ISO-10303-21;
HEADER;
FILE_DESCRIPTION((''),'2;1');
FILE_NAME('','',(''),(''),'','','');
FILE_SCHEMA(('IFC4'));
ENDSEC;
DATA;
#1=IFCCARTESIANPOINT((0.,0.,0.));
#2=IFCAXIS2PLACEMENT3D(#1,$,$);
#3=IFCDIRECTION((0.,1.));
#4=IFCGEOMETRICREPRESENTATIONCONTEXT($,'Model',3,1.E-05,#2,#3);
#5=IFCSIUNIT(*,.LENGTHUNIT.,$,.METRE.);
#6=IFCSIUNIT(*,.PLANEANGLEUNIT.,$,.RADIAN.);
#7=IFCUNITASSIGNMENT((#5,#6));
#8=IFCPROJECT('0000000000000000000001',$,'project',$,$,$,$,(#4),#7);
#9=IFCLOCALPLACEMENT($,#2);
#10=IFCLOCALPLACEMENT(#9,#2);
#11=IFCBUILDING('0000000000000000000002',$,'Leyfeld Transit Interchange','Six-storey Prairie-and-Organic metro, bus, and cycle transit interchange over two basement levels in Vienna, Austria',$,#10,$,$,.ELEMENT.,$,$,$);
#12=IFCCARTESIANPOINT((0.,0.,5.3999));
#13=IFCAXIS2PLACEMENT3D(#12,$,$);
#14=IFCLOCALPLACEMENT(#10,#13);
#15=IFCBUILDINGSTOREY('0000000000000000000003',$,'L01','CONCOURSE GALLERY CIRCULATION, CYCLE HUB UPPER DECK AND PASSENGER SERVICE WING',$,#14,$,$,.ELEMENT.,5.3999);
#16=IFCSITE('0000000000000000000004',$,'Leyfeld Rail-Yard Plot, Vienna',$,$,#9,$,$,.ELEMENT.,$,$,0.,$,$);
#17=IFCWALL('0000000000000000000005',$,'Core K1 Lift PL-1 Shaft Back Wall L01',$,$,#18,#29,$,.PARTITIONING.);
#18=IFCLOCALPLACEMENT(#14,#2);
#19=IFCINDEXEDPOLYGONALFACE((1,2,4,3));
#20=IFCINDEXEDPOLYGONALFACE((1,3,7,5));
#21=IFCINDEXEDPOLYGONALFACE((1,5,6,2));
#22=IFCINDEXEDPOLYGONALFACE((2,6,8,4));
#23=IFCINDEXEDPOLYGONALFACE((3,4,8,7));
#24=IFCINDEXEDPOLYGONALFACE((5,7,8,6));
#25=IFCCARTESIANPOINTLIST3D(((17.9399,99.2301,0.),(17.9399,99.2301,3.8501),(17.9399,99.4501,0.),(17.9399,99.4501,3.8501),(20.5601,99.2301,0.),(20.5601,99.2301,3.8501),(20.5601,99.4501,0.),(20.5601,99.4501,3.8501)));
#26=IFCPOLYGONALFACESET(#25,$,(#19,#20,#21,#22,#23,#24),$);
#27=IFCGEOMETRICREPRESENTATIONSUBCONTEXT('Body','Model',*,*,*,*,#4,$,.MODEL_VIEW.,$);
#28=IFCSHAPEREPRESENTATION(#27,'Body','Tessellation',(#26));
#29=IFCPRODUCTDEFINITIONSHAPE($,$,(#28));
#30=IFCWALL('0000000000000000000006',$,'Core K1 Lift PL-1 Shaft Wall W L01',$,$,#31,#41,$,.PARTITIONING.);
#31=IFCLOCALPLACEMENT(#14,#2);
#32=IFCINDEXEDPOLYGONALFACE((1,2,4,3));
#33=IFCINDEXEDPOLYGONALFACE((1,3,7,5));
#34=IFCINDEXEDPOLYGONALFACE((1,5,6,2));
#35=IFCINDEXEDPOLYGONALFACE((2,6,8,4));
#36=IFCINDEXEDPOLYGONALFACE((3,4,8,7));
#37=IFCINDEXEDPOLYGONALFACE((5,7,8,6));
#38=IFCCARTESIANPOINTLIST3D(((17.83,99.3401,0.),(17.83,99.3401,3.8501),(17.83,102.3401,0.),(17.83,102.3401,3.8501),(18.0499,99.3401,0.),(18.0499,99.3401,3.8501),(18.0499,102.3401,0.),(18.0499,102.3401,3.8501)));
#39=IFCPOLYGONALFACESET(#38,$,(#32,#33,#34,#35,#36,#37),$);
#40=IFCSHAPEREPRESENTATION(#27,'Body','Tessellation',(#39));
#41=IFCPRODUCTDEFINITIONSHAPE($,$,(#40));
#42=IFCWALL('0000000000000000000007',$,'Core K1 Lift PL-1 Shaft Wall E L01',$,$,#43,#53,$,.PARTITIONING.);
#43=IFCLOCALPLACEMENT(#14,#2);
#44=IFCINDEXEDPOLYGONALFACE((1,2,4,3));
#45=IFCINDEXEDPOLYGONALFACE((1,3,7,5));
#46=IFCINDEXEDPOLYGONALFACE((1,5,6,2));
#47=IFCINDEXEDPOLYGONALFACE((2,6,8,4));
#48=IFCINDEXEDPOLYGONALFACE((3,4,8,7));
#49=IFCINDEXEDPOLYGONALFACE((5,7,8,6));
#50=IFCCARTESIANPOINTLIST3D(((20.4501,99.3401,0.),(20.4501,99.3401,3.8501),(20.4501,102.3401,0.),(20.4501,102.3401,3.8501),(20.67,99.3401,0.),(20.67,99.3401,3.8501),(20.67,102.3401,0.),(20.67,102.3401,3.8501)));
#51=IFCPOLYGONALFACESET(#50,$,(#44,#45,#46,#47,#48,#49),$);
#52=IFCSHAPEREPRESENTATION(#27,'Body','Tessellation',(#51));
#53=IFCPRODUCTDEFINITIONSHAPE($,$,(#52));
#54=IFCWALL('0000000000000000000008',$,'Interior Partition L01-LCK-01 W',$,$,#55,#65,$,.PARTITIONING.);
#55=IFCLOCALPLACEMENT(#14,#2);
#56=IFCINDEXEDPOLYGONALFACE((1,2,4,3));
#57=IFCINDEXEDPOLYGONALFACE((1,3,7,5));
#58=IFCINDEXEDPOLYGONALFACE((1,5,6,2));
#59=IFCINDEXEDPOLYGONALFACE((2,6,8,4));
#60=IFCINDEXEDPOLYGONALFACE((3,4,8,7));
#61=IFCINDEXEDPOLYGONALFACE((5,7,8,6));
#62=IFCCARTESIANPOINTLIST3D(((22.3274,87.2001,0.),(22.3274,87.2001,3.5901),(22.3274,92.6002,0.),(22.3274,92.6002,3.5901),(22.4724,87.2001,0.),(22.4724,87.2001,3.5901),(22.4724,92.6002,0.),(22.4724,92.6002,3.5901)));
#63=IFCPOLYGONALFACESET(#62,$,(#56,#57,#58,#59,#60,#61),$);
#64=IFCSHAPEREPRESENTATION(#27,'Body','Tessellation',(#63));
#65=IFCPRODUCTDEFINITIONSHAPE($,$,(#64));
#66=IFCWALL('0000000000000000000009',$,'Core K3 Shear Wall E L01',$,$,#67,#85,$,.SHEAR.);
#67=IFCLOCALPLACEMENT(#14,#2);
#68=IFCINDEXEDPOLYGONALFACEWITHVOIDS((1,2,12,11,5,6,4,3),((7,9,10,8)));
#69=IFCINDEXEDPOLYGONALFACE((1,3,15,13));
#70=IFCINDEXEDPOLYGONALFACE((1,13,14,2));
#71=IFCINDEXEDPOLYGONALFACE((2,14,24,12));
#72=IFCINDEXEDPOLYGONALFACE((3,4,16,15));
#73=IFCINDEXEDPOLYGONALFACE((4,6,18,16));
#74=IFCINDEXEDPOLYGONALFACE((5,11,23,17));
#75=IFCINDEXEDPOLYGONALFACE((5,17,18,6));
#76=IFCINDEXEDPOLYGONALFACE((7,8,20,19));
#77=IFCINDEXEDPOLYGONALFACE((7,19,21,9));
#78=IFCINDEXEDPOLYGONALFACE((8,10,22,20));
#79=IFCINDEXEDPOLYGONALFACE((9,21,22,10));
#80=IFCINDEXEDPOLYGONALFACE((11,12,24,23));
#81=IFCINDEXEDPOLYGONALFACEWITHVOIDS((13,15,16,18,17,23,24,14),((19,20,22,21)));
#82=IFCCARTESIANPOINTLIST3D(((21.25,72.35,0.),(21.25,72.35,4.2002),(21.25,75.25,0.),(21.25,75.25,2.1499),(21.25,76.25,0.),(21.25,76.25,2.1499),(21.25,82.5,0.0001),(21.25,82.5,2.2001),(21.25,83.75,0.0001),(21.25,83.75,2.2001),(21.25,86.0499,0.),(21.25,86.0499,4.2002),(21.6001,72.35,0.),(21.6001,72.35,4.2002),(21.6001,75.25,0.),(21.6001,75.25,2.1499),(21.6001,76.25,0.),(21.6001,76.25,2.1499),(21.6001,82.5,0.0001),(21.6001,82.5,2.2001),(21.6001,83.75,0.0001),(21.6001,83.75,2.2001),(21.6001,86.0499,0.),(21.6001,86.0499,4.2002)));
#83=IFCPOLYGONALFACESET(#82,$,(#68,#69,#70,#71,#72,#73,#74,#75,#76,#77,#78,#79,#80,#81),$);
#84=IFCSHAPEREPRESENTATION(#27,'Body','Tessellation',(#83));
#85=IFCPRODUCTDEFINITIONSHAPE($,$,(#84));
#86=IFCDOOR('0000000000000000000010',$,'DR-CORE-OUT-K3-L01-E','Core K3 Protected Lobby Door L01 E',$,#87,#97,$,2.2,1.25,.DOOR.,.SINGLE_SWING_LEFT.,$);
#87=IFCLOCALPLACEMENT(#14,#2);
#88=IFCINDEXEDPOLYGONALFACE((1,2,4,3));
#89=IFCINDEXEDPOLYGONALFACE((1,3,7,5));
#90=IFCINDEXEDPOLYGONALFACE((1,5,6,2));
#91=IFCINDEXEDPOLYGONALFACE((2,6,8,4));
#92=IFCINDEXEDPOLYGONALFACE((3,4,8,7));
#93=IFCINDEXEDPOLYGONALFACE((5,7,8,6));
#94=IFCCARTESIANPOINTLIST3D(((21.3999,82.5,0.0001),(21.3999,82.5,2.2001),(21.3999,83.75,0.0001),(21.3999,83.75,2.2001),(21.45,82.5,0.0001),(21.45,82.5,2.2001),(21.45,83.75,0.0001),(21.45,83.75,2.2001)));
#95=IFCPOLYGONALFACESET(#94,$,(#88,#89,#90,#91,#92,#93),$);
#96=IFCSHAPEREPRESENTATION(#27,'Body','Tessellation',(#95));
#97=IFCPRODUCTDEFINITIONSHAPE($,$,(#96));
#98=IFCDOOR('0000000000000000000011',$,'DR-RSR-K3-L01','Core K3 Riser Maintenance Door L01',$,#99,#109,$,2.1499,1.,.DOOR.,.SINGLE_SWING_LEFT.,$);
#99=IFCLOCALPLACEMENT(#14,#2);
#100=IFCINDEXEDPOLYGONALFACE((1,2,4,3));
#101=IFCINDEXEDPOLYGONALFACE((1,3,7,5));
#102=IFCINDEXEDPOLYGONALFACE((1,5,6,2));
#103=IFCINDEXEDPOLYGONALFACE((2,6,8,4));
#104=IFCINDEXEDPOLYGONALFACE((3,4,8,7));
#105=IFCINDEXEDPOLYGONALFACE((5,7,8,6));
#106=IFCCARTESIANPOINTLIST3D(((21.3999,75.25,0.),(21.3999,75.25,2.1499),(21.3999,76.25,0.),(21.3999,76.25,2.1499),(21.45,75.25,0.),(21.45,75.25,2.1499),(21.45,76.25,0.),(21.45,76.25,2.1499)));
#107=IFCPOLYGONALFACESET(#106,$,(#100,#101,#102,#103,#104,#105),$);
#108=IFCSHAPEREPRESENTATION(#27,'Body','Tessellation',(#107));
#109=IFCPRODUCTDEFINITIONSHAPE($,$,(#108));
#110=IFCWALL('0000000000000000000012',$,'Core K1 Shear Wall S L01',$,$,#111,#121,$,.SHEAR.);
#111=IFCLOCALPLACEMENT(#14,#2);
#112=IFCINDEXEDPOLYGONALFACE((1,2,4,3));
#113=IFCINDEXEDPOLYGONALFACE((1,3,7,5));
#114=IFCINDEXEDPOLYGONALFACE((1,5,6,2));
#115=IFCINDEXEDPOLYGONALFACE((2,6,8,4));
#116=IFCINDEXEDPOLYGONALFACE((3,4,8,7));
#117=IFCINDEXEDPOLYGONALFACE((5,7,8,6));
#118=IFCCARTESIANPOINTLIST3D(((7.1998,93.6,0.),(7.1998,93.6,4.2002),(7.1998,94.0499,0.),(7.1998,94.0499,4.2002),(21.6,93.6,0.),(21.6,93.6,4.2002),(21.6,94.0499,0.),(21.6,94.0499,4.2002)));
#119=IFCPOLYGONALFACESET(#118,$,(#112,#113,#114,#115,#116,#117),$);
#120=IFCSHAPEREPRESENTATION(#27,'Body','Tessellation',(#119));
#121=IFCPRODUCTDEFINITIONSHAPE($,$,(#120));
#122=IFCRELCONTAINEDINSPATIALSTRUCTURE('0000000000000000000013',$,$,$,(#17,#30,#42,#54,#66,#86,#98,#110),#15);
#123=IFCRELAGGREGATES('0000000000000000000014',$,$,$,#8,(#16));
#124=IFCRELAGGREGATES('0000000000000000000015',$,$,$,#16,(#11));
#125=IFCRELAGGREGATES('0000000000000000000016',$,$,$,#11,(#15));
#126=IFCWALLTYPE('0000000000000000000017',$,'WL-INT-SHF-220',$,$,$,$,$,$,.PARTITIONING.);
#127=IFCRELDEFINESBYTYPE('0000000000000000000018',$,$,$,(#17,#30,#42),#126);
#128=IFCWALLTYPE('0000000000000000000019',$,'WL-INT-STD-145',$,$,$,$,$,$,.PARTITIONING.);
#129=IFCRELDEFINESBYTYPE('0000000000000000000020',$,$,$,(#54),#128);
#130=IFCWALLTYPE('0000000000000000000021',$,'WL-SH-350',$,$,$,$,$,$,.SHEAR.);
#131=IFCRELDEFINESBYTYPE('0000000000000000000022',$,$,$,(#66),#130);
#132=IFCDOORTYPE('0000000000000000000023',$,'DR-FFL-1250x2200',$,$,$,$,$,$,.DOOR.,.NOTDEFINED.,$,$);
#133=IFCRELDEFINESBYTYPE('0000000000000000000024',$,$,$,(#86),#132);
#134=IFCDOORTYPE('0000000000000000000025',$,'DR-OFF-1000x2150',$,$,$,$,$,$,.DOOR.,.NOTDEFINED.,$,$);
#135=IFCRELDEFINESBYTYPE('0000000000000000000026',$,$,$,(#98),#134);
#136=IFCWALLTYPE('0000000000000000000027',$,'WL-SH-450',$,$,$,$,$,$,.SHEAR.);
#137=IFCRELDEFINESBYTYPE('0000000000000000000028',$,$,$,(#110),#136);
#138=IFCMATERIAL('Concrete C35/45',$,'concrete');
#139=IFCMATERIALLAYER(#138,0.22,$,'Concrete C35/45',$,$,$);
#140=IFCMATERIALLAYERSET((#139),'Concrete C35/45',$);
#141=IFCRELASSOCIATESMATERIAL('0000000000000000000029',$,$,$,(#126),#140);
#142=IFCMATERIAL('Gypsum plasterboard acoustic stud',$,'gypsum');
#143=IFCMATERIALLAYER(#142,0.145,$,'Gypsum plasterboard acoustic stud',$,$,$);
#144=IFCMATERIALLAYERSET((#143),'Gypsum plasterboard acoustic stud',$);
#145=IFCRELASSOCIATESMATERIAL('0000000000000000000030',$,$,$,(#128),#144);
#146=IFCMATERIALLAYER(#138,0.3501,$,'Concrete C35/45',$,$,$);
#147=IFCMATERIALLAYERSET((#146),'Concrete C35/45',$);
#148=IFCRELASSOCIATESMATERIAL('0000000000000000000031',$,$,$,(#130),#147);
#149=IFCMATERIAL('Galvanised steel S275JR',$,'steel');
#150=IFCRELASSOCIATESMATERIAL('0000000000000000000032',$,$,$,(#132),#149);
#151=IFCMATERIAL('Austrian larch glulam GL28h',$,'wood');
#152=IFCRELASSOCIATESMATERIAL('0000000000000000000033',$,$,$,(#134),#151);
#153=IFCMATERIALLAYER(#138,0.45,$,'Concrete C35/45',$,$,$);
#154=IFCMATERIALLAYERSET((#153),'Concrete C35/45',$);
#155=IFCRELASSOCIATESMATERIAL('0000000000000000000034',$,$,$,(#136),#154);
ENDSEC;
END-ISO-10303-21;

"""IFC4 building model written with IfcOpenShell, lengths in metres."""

from ifc_helpers import new_model, si_unit, direction, frame, frame_2d, origin, place, context, subcontext, project, spatial, rectangle, extrude, material, layer, layer_set, type_object, element, fill, save


model = new_model("IFC4")

# Units and contexts
model_context = context("Model", 3, precision=1e-05, world=origin(), true_north=direction((0.0, 1.0)))
body_context = subcontext(model_context, "Body", "Model", "MODEL_VIEW")
ifc_project = project(units=[si_unit("LENGTHUNIT", "METRE"), si_unit("PLANEANGLEUNIT", "RADIAN")], contexts=[model_context])

# Site, building, storey
site_placement = place(None, origin())
site = spatial("IfcSite", under=ifc_project, at=site_placement, Name="Leyfeld Rail-Yard Plot, Vienna", CompositionType="ELEMENT", RefElevation=0.0)
building_placement = place(site_placement, origin())
building = spatial("IfcBuilding", under=site, at=building_placement, Name="Leyfeld Transit Interchange", Description="Six-storey Prairie-and-Organic metro, bus, and cycle transit interchange over two basement levels in Vienna, Austria", CompositionType="ELEMENT")
storey_placement = place(building_placement, frame((0.0, 0.0, 5.3999)))
storey = spatial("IfcBuildingStorey", under=building, at=storey_placement, Name="L01", Description="CONCOURSE GALLERY CIRCULATION, CYCLE HUB UPPER DECK AND PASSENGER SERVICE WING", CompositionType="ELEMENT", Elevation=5.3999)

# Shared definitions
ifc_material_1 = material(Name="Concrete C35/45", Category="concrete")

# Shared definitions
ifc_material_2 = material(Name="Austrian larch glulam GL28h", Category="wood")

# Walls
ifc_layer_1 = layer(ifc_material_1, 0.22, Name="Concrete C35/45")
ifc_layer_set_1 = layer_set([ifc_layer_1], Name="Concrete C35/45")
wall_type_1 = type_object("IfcWallType", Name="WL-INT-SHF-220", PredefinedType="PARTITIONING", material=ifc_layer_set_1)
wall_1_placement = place(storey_placement, frame((17.9399, 99.3401, 0.0), z_axis=(0.0, 0.0, 1.0), x_axis=(1.0, 0.0, 0.0)))
element("IfcWall", 1, at=wall_1_placement, inside=storey, type_object=wall_type_1, Name="Core K1 Lift PL-1 Shaft Back Wall L01", PredefinedType="PARTITIONING", context=body_context, shape_type="SweptSolid", body=[
    extrude(rectangle(XDim=2.6201, YDim=0.22, at=frame_2d((1.3101, 0.0))), origin(), (0.0, 0.0, 1.0), 3.8501),
])
for number, where, z_axis, x_axis, name in (
    (2, (17.9399, 99.3401, 0.0), (0.0, 0.0, 1.0), (0.0, 1.0, 0.0), "Core K1 Lift PL-1 Shaft Wall W L01"),
    (3, (20.5601, 99.3401, 0.0), (0.0, 0.0, 1.0), (0.0, 1.0, 0.0), "Core K1 Lift PL-1 Shaft Wall E L01"),
):
    element("IfcWall", number, at=place(storey_placement, frame(where, z_axis=z_axis, x_axis=x_axis)), inside=storey, type_object=wall_type_1, Name=name, PredefinedType="PARTITIONING", context=body_context, shape_type="SweptSolid", body=[
        extrude(rectangle(XDim=3.0, YDim=0.22, at=frame_2d((1.5, 0.0))), origin(), (0.0, 0.0, 1.0), 3.8501),
    ])
ifc_material_3 = material(Name="Gypsum plasterboard acoustic stud", Category="gypsum")
ifc_layer_2 = layer(ifc_material_3, 0.145, Name="Gypsum plasterboard acoustic stud")
ifc_layer_set_2 = layer_set([ifc_layer_2], Name="Gypsum plasterboard acoustic stud")
wall_type_2 = type_object("IfcWallType", Name="WL-INT-STD-145", PredefinedType="PARTITIONING", material=ifc_layer_set_2)
wall_2_placement = place(storey_placement, frame((22.3999, 87.2, 0.0), z_axis=(0.0, 0.0, 1.0), x_axis=(0.0, 1.0, 0.0)))
element("IfcWall", 4, at=wall_2_placement, inside=storey, type_object=wall_type_2, Name="Interior Partition L01-LCK-01 W", PredefinedType="PARTITIONING", context=body_context, shape_type="SweptSolid", body=[
    extrude(rectangle(XDim=5.4001, YDim=0.145, at=frame_2d((2.7002, 0.0))), origin(), (0.0, 0.0, 1.0), 3.5901),
])

# Wall, openings, doors
ifc_layer_3 = layer(ifc_material_1, 0.3501, Name="Concrete C35/45")
ifc_layer_set_3 = layer_set([ifc_layer_3], Name="Concrete C35/45")
wall_type_3 = type_object("IfcWallType", Name="WL-SH-350", PredefinedType="SHEAR", material=ifc_layer_set_3)
wall_3_placement = place(storey_placement, frame((21.425, 86.05, 0.0), z_axis=(0.0, 0.0, 1.0), x_axis=(0.0, -1.0, 0.0)))
wall_3 = element("IfcWall", 5, at=wall_3_placement, inside=storey, type_object=wall_type_3, Name="Core K3 Shear Wall E L01", PredefinedType="SHEAR", context=body_context, shape_type="SweptSolid", body=[
    extrude(rectangle(XDim=13.7, YDim=0.3501, at=frame_2d((6.8501, 0.0))), origin(), (0.0, 0.0, 1.0), 4.2002),
])
opening_1_placement = place(wall_3_placement, frame((9.8, 0.0, 0.0)))
opening_1 = element("IfcOpeningElement", 6, at=opening_1_placement, cuts=wall_3, PredefinedType="OPENING", context=body_context, shape_type="SweptSolid", body=[
    extrude(rectangle(XDim=1.0, YDim=2.1499, at=frame_2d((0.5, 1.075))), frame((0.0, 0.1851, 0.0), z_axis=(0.0, -1.0, 0.0), x_axis=(1.0, 0.0, 0.0)), (0.0, 0.0, 1.0), 0.3701),
])
opening_2_placement = place(wall_3_placement, frame((2.3, 0.0, 0.0)))
opening_2 = element("IfcOpeningElement", 7, at=opening_2_placement, cuts=wall_3, PredefinedType="OPENING", context=body_context, shape_type="SweptSolid", body=[
    extrude(rectangle(XDim=1.25, YDim=2.2, at=frame_2d((0.625, 1.1001))), frame((0.0, 0.1851, 0.0), z_axis=(0.0, -1.0, 0.0), x_axis=(1.0, 0.0, 0.0)), (0.0, 0.0, 1.0), 0.3701),
])
ifc_material_4 = material(Name="Galvanised steel S275JR", Category="steel")
door_type_1 = type_object("IfcDoorType", Name="DR-FFL-1250x2200", OperationType="NOTDEFINED", PredefinedType="DOOR", material=ifc_material_4)
door_1_placement = place(opening_2_placement, origin())
door_1 = element("IfcDoor", 8, at=door_1_placement, inside=storey, type_object=door_type_1, Name="DR-CORE-OUT-K3-L01-E", Description="Core K3 Protected Lobby Door L01 E", OperationType="SINGLE_SWING_LEFT", OverallHeight=2.2, OverallWidth=1.25, PredefinedType="DOOR", context=body_context, shape_type="SweptSolid", body=[
    extrude(rectangle(XDim=1.25, YDim=2.2, at=frame_2d((0.625, 1.1001))), frame((0.0, 0.0249, 0.0), z_axis=(0.0, -1.0, 0.0), x_axis=(1.0, 0.0, 0.0)), (0.0, 0.0, 1.0), 0.05),
])
fill(opening_2, door_1)
door_type_2 = type_object("IfcDoorType", Name="DR-OFF-1000x2150", OperationType="NOTDEFINED", PredefinedType="DOOR", material=ifc_material_2)
door_2_placement = place(opening_1_placement, origin())
door_2 = element("IfcDoor", 9, at=door_2_placement, inside=storey, type_object=door_type_2, Name="DR-RSR-K3-L01", Description="Core K3 Riser Maintenance Door L01", OperationType="SINGLE_SWING_LEFT", OverallHeight=2.1499, OverallWidth=1.0, PredefinedType="DOOR", context=body_context, shape_type="SweptSolid", body=[
    extrude(rectangle(XDim=1.0, YDim=2.1499, at=frame_2d((0.5, 1.075))), frame((0.0, 0.0249, 0.0), z_axis=(0.0, -1.0, 0.0), x_axis=(1.0, 0.0, 0.0)), (0.0, 0.0, 1.0), 0.05),
])
fill(opening_1, door_2)

# Wall
ifc_layer_4 = layer(ifc_material_1, 0.45, Name="Concrete C35/45")
ifc_layer_set_4 = layer_set([ifc_layer_4], Name="Concrete C35/45")
wall_type_4 = type_object("IfcWallType", Name="WL-SH-450", PredefinedType="SHEAR", material=ifc_layer_set_4)
wall_4_placement = place(storey_placement, frame((21.6001, 93.825, 0.0), z_axis=(0.0, 0.0, 1.0), x_axis=(-1.0, 0.0, 0.0)))
element("IfcWall", 10, at=wall_4_placement, inside=storey, type_object=wall_type_4, Name="Core K1 Shear Wall S L01", PredefinedType="SHEAR", context=body_context, shape_type="SweptSolid", body=[
    extrude(rectangle(XDim=14.4001, YDim=0.45, at=frame_2d((7.2002, 0.0))), origin(), (0.0, 0.0, 1.0), 4.2002),
])

save(model, "model.ifc")
